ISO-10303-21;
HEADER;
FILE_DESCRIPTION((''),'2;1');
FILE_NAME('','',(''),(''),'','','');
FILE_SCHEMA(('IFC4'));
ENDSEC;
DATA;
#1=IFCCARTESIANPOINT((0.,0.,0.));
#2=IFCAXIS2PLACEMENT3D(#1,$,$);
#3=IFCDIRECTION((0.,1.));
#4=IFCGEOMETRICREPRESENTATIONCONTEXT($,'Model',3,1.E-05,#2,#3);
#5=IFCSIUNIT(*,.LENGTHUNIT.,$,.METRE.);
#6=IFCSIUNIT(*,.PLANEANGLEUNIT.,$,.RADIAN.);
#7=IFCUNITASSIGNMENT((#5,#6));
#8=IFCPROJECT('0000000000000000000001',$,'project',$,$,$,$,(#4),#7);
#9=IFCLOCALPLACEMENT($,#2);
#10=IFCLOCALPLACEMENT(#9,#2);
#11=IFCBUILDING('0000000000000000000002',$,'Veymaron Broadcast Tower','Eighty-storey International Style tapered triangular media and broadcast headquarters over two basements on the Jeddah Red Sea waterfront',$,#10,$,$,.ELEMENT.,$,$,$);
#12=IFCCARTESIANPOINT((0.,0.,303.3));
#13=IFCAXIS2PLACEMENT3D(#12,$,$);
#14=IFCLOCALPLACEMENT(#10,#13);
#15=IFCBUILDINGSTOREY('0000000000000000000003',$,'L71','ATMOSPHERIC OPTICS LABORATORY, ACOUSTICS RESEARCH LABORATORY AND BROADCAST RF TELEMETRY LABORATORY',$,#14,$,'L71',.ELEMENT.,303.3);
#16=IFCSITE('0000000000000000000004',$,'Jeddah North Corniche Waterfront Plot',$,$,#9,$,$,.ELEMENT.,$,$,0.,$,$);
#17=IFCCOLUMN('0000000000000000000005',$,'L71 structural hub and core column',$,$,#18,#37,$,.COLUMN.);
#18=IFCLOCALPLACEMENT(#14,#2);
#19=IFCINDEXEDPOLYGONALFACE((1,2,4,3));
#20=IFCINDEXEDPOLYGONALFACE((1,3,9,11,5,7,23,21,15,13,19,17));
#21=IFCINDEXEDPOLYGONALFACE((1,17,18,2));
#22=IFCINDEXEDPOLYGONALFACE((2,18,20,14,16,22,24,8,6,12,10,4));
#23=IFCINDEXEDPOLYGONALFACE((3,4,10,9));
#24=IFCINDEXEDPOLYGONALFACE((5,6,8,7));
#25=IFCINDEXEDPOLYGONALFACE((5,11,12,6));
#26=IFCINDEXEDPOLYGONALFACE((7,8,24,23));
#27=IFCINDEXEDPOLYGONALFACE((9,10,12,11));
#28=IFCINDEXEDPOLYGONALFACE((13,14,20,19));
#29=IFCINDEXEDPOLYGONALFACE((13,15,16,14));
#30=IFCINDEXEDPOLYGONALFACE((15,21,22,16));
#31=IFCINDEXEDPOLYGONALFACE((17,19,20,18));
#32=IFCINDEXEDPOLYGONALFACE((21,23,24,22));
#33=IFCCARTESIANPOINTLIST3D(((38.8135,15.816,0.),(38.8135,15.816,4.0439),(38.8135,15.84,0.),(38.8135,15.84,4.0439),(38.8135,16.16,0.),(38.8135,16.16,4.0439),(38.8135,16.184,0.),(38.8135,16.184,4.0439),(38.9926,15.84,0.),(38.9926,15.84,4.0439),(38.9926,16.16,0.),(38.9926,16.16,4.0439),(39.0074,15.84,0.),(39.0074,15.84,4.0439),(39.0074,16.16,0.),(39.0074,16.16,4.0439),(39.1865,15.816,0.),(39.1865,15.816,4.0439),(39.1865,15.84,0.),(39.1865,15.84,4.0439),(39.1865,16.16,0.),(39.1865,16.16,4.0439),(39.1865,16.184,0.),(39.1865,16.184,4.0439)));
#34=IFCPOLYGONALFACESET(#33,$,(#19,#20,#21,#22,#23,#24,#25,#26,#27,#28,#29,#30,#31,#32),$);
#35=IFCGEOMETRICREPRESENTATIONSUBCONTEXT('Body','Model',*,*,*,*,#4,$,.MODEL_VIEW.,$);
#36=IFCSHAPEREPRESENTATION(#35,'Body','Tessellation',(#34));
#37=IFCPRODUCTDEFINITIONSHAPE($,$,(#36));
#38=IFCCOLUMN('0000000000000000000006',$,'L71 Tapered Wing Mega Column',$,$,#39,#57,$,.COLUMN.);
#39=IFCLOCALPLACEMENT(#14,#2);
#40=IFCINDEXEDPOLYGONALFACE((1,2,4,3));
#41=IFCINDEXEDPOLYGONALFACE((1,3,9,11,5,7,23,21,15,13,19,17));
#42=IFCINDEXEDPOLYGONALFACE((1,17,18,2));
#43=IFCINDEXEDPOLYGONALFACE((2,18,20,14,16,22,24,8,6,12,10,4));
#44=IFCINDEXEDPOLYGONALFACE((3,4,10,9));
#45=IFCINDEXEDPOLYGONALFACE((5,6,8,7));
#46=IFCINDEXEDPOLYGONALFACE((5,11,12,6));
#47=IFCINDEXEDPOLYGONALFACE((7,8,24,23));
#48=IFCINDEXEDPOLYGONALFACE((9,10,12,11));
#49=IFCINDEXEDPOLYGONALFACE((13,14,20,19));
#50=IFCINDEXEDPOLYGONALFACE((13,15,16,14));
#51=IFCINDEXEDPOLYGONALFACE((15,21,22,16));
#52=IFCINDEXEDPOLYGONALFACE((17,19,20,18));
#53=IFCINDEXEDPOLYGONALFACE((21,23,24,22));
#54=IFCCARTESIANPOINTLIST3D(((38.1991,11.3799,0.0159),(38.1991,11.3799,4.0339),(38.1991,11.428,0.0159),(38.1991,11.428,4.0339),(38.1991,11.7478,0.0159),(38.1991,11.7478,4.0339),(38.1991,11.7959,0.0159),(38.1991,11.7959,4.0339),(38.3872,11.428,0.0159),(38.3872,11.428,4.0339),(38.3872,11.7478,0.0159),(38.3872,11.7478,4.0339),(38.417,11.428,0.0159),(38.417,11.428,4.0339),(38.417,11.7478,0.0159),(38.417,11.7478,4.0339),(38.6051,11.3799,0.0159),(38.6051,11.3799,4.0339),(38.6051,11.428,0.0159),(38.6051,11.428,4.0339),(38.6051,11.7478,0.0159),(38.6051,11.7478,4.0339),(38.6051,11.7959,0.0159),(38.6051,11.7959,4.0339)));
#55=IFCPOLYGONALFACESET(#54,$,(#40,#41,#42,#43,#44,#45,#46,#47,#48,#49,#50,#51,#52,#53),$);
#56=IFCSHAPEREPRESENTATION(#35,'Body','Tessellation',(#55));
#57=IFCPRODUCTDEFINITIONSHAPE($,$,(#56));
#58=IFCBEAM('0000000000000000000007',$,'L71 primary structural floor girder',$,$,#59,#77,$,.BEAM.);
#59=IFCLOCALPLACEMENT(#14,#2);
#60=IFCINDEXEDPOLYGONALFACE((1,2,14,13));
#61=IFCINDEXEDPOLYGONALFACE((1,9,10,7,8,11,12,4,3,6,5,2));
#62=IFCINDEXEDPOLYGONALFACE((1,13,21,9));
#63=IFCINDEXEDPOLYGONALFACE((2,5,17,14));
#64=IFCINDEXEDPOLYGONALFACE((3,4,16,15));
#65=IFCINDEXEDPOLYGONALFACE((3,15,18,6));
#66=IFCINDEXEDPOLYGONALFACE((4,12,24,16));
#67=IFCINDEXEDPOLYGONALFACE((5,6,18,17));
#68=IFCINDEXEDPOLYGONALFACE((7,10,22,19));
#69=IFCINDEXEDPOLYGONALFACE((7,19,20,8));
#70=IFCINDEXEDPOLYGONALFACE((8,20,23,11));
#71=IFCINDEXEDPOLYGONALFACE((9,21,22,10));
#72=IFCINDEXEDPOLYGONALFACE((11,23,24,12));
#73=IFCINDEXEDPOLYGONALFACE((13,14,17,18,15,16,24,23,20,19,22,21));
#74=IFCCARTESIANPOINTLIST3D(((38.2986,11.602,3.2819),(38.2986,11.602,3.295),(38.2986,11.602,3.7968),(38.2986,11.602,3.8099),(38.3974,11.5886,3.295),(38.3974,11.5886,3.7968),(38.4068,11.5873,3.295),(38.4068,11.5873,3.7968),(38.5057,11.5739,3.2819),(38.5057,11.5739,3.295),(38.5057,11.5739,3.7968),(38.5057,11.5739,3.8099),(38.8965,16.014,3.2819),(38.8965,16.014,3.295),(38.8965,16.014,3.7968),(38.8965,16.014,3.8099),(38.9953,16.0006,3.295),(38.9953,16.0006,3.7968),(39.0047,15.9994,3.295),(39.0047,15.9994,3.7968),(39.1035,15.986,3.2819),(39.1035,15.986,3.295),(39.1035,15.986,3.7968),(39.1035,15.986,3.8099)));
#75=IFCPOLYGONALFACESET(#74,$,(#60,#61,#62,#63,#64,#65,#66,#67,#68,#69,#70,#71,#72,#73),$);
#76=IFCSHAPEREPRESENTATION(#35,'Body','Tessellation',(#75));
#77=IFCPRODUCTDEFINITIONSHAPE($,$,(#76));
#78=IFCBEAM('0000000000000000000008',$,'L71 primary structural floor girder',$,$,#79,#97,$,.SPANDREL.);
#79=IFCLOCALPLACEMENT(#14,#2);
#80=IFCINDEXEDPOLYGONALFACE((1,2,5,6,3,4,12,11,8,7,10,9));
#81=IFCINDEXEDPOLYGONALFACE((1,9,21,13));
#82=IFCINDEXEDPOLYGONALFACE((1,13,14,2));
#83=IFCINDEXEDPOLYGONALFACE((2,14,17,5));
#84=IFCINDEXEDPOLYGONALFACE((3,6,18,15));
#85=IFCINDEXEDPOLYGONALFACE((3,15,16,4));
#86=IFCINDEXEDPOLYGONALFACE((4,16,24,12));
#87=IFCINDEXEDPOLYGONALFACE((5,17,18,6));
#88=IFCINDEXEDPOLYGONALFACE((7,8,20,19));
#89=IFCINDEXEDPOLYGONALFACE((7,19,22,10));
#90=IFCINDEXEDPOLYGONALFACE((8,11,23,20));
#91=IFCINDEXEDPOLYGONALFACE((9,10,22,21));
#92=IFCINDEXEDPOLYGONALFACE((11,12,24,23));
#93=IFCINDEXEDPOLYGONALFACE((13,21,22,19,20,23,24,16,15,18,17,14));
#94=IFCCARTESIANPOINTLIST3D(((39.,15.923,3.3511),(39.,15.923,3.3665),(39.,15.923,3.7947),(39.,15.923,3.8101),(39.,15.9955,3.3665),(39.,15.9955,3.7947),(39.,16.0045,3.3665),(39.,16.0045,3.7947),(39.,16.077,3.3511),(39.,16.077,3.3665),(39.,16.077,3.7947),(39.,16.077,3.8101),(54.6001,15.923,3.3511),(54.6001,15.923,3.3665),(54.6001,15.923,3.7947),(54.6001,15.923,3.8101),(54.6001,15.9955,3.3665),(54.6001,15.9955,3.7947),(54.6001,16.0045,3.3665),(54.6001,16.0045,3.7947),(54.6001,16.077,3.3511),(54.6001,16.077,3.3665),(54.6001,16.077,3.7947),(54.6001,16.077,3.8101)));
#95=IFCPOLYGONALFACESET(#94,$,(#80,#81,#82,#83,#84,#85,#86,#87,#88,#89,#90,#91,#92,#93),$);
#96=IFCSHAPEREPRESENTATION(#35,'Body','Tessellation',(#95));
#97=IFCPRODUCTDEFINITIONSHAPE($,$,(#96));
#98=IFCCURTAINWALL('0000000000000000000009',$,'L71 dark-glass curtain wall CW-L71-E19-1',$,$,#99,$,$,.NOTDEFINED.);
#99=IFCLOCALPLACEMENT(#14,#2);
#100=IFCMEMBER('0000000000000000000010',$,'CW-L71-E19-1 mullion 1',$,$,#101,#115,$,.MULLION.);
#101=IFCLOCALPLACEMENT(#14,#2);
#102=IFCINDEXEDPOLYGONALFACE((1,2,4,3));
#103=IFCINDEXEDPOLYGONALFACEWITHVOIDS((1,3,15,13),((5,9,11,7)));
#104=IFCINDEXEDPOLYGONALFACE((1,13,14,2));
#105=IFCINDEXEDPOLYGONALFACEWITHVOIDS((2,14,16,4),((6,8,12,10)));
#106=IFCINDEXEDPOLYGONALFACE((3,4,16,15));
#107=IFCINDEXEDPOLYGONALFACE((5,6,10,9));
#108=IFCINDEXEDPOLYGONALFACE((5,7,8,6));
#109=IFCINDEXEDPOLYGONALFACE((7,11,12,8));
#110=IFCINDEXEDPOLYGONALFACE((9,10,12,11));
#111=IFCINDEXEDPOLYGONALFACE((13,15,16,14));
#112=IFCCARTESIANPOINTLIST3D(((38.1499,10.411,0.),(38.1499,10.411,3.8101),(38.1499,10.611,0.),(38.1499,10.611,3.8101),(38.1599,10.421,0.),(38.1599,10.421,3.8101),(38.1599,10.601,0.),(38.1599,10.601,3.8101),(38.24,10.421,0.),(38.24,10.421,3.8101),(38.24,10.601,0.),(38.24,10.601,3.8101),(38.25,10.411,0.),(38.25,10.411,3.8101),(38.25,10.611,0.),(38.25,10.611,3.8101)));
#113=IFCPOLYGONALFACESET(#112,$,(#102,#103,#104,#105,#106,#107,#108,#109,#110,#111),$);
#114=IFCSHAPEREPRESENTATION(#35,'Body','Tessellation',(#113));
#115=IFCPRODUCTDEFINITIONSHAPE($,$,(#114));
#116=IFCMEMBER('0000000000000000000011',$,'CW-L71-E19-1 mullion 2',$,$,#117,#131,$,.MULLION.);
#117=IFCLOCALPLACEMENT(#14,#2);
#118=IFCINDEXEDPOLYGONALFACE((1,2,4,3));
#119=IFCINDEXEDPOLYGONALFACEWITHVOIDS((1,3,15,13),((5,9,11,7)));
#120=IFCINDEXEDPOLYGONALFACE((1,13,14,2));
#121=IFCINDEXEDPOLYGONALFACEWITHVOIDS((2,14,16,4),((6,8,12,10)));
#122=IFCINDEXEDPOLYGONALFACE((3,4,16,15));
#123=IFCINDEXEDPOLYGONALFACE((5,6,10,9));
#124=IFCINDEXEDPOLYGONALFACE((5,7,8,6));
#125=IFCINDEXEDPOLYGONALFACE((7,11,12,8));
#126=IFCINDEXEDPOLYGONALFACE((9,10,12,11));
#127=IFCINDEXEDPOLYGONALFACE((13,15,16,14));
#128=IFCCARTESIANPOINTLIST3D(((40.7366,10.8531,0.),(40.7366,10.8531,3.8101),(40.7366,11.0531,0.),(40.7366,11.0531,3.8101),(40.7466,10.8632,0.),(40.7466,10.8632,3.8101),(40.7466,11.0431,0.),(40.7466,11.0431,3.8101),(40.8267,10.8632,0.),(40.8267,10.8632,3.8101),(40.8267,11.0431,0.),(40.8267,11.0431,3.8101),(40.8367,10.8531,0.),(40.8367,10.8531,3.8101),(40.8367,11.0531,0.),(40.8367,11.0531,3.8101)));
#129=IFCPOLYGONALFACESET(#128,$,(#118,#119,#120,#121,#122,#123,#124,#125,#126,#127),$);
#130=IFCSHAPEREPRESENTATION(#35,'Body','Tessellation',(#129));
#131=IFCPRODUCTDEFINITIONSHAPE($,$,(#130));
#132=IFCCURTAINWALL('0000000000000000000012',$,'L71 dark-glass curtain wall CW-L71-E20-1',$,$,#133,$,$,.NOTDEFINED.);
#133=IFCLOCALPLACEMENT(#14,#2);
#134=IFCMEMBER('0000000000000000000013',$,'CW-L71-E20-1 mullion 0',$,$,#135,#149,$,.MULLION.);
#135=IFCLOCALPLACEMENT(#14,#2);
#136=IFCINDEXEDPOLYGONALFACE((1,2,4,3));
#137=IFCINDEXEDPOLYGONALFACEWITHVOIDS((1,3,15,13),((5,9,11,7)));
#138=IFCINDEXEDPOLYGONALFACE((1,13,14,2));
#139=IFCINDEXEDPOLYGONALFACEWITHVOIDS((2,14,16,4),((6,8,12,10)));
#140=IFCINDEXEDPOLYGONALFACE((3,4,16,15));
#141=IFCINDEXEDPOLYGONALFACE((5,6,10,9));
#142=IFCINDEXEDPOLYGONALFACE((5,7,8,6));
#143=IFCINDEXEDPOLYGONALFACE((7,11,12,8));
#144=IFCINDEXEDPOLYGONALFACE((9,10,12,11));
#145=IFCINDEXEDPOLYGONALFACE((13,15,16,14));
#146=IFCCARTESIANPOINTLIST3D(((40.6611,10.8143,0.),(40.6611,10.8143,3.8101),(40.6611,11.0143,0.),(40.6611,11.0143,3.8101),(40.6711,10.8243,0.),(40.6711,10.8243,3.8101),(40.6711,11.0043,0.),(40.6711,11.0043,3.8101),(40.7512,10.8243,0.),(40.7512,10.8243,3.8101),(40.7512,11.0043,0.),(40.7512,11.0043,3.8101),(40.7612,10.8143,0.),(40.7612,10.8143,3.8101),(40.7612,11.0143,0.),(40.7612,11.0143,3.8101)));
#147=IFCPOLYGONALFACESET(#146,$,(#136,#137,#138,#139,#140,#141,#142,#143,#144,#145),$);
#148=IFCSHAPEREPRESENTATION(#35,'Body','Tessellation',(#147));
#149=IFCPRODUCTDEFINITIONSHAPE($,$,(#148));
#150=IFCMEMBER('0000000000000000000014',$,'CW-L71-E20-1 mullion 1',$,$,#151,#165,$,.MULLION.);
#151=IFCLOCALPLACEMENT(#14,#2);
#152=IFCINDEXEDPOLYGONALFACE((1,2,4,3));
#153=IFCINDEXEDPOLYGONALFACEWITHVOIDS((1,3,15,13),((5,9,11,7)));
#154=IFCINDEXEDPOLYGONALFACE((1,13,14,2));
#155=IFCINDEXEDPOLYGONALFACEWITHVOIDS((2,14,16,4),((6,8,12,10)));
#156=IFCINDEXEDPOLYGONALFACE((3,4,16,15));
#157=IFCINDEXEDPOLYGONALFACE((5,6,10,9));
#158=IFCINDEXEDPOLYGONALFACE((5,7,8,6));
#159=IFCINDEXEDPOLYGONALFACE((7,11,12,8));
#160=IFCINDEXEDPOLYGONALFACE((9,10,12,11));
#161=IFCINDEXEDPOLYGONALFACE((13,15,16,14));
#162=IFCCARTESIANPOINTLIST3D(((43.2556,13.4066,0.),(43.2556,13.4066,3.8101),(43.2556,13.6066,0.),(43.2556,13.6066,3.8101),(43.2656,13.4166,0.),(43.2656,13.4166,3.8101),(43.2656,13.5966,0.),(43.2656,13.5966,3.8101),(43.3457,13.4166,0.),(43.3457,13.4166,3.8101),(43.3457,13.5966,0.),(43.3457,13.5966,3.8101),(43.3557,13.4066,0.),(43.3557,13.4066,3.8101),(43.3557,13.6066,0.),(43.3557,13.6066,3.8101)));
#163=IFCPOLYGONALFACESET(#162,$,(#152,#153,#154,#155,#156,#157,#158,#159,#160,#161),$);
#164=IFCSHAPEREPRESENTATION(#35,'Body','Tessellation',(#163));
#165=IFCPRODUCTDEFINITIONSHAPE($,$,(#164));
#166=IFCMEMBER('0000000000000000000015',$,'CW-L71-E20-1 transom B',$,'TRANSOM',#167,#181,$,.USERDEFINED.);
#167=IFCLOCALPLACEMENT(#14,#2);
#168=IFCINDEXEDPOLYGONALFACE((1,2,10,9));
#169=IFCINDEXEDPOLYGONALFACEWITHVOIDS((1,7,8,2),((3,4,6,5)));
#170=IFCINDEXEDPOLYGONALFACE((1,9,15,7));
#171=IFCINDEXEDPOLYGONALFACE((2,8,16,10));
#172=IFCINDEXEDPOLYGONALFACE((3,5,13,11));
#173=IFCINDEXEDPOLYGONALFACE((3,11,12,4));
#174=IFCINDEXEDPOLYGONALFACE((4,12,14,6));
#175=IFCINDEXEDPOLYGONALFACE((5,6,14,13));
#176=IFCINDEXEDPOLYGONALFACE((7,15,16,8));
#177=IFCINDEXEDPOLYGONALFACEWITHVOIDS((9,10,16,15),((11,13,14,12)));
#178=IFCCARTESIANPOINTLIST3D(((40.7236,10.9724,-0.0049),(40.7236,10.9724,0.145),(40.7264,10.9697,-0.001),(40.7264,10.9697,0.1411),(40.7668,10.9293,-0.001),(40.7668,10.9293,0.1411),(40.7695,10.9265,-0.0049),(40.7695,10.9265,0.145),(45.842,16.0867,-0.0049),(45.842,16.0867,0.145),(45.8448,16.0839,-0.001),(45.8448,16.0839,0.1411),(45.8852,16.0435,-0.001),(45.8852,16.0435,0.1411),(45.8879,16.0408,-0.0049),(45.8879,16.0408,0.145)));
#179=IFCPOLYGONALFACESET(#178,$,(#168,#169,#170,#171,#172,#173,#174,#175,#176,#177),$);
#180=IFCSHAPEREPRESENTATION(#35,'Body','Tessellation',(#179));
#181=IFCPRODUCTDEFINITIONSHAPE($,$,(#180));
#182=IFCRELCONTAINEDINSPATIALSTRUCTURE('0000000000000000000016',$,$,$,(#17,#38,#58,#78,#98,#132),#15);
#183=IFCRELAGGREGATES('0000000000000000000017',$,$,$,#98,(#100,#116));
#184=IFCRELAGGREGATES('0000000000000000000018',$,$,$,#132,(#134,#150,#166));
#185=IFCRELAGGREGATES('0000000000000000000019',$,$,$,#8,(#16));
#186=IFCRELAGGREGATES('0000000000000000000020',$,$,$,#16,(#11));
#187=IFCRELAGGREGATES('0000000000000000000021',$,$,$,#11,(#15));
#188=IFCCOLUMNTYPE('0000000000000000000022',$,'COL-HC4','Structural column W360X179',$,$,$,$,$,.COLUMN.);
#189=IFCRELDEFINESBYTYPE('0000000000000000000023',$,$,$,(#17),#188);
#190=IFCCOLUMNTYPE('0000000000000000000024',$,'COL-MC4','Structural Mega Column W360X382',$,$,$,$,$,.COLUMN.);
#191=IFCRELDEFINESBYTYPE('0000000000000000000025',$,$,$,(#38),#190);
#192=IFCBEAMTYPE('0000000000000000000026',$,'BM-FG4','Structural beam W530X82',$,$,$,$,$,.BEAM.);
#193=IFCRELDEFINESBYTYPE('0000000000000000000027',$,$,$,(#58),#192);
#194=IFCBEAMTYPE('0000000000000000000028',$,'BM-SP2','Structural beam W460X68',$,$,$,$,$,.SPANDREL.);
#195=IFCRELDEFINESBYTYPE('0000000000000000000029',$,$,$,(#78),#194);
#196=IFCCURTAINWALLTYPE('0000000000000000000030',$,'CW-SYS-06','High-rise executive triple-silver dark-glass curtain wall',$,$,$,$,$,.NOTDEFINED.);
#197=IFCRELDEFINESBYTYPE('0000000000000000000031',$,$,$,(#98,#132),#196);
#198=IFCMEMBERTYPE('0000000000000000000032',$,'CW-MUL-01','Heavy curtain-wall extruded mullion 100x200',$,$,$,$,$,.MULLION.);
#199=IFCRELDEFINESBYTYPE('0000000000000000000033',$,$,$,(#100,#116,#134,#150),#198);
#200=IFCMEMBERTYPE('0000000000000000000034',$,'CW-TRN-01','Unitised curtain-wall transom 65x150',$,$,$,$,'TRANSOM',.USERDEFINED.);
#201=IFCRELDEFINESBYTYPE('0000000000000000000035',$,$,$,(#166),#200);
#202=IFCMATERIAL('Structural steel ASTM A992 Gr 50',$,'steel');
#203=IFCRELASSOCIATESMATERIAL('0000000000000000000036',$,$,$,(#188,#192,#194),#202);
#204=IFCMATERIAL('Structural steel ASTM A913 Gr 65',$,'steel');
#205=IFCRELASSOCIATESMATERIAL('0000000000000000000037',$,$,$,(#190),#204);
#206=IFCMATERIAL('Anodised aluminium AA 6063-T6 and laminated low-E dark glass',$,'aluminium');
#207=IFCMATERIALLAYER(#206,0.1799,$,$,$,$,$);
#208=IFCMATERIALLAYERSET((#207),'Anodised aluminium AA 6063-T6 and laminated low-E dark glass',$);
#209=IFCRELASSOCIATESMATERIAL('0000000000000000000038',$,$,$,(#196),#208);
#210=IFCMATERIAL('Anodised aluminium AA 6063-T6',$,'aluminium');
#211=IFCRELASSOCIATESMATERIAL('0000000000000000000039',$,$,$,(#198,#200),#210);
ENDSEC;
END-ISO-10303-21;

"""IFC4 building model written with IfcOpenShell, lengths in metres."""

from ifc_helpers import new_model, si_unit, direction, frame, origin, origin_2d, place, context, subcontext, project, spatial, hollow_rectangle, i_section, extrude, material, layer, layer_set, material_profile, profile_set, type_object, element, aggregate, save


model = new_model("IFC4")

# Units and contexts
model_context = context("Model", 3, precision=1e-05, world=origin(), true_north=direction((0.0, 1.0)))
body_context = subcontext(model_context, "Body", "Model", "MODEL_VIEW")
ifc_project = project(units=[si_unit("LENGTHUNIT", "METRE"), si_unit("PLANEANGLEUNIT", "RADIAN")], contexts=[model_context])

# Site, building, storey
site_placement = place(None, origin())
site = spatial("IfcSite", under=ifc_project, at=site_placement, Name="Jeddah North Corniche Waterfront Plot", CompositionType="ELEMENT", RefElevation=0.0)
building_placement = place(site_placement, origin())
building = spatial("IfcBuilding", under=site, at=building_placement, Name="Veymaron Broadcast Tower", Description="Eighty-storey International Style tapered triangular media and broadcast headquarters over two basements on the Jeddah Red Sea waterfront", CompositionType="ELEMENT")
storey_placement = place(building_placement, frame((0.0, 0.0, 303.3)))
storey = spatial("IfcBuildingStorey", under=building, at=storey_placement, Name="L71", Description="ATMOSPHERIC OPTICS LABORATORY, ACOUSTICS RESEARCH LABORATORY AND BROADCAST RF TELEMETRY LABORATORY", LongName="L71", CompositionType="ELEMENT", Elevation=303.3)

# Columns
ifc_material_1 = material(Name="Structural steel ASTM A992 Gr 50", Category="steel")
ifc_material_profile_1 = material_profile(ifc_material_1, i_section(OverallWidth=0.373, OverallDepth=0.3679, WebThickness=0.0149, FlangeThickness=0.0239, at=origin_2d()), Name="W360X179")
ifc_profile_set_1 = profile_set([ifc_material_profile_1], Name="Structural steel ASTM A992 Gr 50")
column_type_1 = type_object("IfcColumnType", Name="COL-HC4", Description="Structural column W360X179", PredefinedType="COLUMN", material=ifc_profile_set_1)
column_1_placement = place(storey_placement, frame((39.0, 16.0, 0.0), z_axis=(0.0, 0.0, 1.0), x_axis=(1.0, 0.0, 0.0)))
element("IfcColumn", 1, at=column_1_placement, inside=storey, type_object=column_type_1, Name="L71 structural hub and core column", PredefinedType="COLUMN", context=body_context, shape_type="SweptSolid", body=[
    extrude(i_section(OverallWidth=0.373, OverallDepth=0.3679, WebThickness=0.0149, FlangeThickness=0.0239, at=origin_2d()), origin(), (0.0, 0.0, 1.0), 4.0439),
])
ifc_material_2 = material(Name="Structural steel ASTM A913 Gr 65", Category="steel")
ifc_material_profile_2 = material_profile(ifc_material_2, i_section(OverallWidth=0.406, OverallDepth=0.416, WebThickness=0.0298, FlangeThickness=0.0481, at=origin_2d()), Name="W360X382")
ifc_profile_set_2 = profile_set([ifc_material_profile_2], Name="Structural steel ASTM A913 Gr 65")
column_type_2 = type_object("IfcColumnType", Name="COL-MC4", Description="Structural Mega Column W360X382", PredefinedType="COLUMN", material=ifc_profile_set_2)
column_2_placement = place(storey_placement, frame((38.4021, 11.5879, 0.0159), z_axis=(0.0, 0.0, 1.0), x_axis=(1.0, 0.0, 0.0)))
element("IfcColumn", 2, at=column_2_placement, inside=storey, type_object=column_type_2, Name="L71 Tapered Wing Mega Column", PredefinedType="COLUMN", context=body_context, shape_type="SweptSolid", body=[
    extrude(i_section(OverallWidth=0.406, OverallDepth=0.416, WebThickness=0.0298, FlangeThickness=0.0481, at=origin_2d()), origin(), (0.0, 0.0, 1.0), 4.0181),
])

# Beams
ifc_material_profile_3 = material_profile(ifc_material_1, i_section(OverallWidth=0.209, OverallDepth=0.5281, WebThickness=0.0095, FlangeThickness=0.0132, at=origin_2d()), Name="W530X82")
ifc_profile_set_3 = profile_set([ifc_material_profile_3], Name="Structural steel ASTM A992 Gr 50")
beam_type_1 = type_object("IfcBeamType", Name="BM-FG4", Description="Structural beam W530X82", PredefinedType="BEAM", material=ifc_profile_set_3)
beam_1_placement = place(storey_placement, frame((39.0, 16.0, 3.5459), z_axis=(-0.134286, -0.990943, 0.0), x_axis=(0.990943, -0.134286, 0.0)))
element("IfcBeam", 3, at=beam_1_placement, inside=storey, type_object=beam_type_1, Name="L71 primary structural floor girder", PredefinedType="BEAM", context=body_context, shape_type="SweptSolid", body=[
    extrude(i_section(OverallWidth=0.209, OverallDepth=0.5281, WebThickness=0.0095, FlangeThickness=0.0132, at=origin_2d()), origin(), (0.0, 0.0, 1.0), 4.4524),
])
ifc_material_profile_4 = material_profile(ifc_material_1, i_section(OverallWidth=0.1541, OverallDepth=0.459, WebThickness=0.009, FlangeThickness=0.0154, at=origin_2d()), Name="W460X68")
ifc_profile_set_4 = profile_set([ifc_material_profile_4], Name="Structural steel ASTM A992 Gr 50")
beam_type_2 = type_object("IfcBeamType", Name="BM-SP2", Description="Structural beam W460X68", PredefinedType="SPANDREL", material=ifc_profile_set_4)
beam_2_placement = place(storey_placement, frame((39.0, 16.0, 3.5806), z_axis=(1.0, 0.0, 0.0), x_axis=(0.0, 1.0, 0.0)))
element("IfcBeam", 4, at=beam_2_placement, inside=storey, type_object=beam_type_2, Name="L71 primary structural floor girder", PredefinedType="SPANDREL", context=body_context, shape_type="SweptSolid", body=[
    extrude(i_section(OverallWidth=0.1541, OverallDepth=0.459, WebThickness=0.009, FlangeThickness=0.0154, at=origin_2d()), origin(), (0.0, 0.0, 1.0), 15.6001),
])

# Curtain walls, members
ifc_material_3 = material(Name="Anodised aluminium AA 6063-T6 and laminated low-E dark glass", Category="aluminium")
ifc_layer_1 = layer(ifc_material_3, 0.1799)
ifc_layer_set_1 = layer_set([ifc_layer_1], Name="Anodised aluminium AA 6063-T6 and laminated low-E dark glass")
curtain_wall_type = type_object("IfcCurtainWallType", Name="CW-SYS-06", Description="High-rise executive triple-silver dark-glass curtain wall", PredefinedType="NOTDEFINED", material=ifc_layer_set_1)
curtain_wall_1_placement = place(storey_placement, origin())
curtain_wall_1 = element("IfcCurtainWall", 5, at=curtain_wall_1_placement, inside=storey, type_object=curtain_wall_type, Name="L71 dark-glass curtain wall CW-L71-E19-1", PredefinedType="NOTDEFINED")
ifc_material_4 = material(Name="Anodised aluminium AA 6063-T6", Category="aluminium")
ifc_material_profile_5 = material_profile(ifc_material_4, hollow_rectangle(XDim=0.1001, YDim=0.2, WallThickness=0.01, at=origin_2d()), Name="RHS200X100X10")
ifc_profile_set_5 = profile_set([ifc_material_profile_5], Name="Anodised aluminium AA 6063-T6")
member_type_1 = type_object("IfcMemberType", Name="CW-MUL-01", Description="Heavy curtain-wall extruded mullion 100x200", PredefinedType="MULLION", material=ifc_profile_set_5)
member_1_placement = place(storey_placement, frame((38.2, 10.511, 0.0), z_axis=(0.0, 0.0, 1.0), x_axis=(1.0, 0.0, 0.0)))
member_1 = element("IfcMember", 6, at=member_1_placement, type_object=member_type_1, Name="CW-L71-E19-1 mullion 1", PredefinedType="MULLION", context=body_context, shape_type="SweptSolid", body=[
    extrude(hollow_rectangle(XDim=0.1001, YDim=0.2, WallThickness=0.01, at=origin_2d()), origin(), (0.0, 0.0, 1.0), 3.8101),
])
member_2_placement = place(storey_placement, frame((40.7866, 10.9531, 0.0), z_axis=(0.0, 0.0, 1.0), x_axis=(1.0, 0.0, 0.0)))
member_2 = element("IfcMember", 7, at=member_2_placement, type_object=member_type_1, Name="CW-L71-E19-1 mullion 2", PredefinedType="MULLION", context=body_context, shape_type="SweptSolid", body=[
    extrude(hollow_rectangle(XDim=0.1001, YDim=0.2, WallThickness=0.01, at=origin_2d()), origin(), (0.0, 0.0, 1.0), 3.8101),
])
curtain_wall_2_placement = place(storey_placement, origin())
curtain_wall_2 = element("IfcCurtainWall", 8, at=curtain_wall_2_placement, inside=storey, type_object=curtain_wall_type, Name="L71 dark-glass curtain wall CW-L71-E20-1", PredefinedType="NOTDEFINED")
member_3_placement = place(storey_placement, frame((40.7112, 10.9143, 0.0), z_axis=(0.0, 0.0, 1.0), x_axis=(1.0, 0.0, 0.0)))
member_3 = element("IfcMember", 9, at=member_3_placement, type_object=member_type_1, Name="CW-L71-E20-1 mullion 0", PredefinedType="MULLION", context=body_context, shape_type="SweptSolid", body=[
    extrude(hollow_rectangle(XDim=0.1001, YDim=0.2, WallThickness=0.01, at=origin_2d()), origin(), (0.0, 0.0, 1.0), 3.8101),
])
member_4_placement = place(storey_placement, frame((43.3057, 13.5066, 0.0), z_axis=(0.0, 0.0, 1.0), x_axis=(1.0, 0.0, 0.0)))
member_4 = element("IfcMember", 10, at=member_4_placement, type_object=member_type_1, Name="CW-L71-E20-1 mullion 1", PredefinedType="MULLION", context=body_context, shape_type="SweptSolid", body=[
    extrude(hollow_rectangle(XDim=0.1001, YDim=0.2, WallThickness=0.01, at=origin_2d()), origin(), (0.0, 0.0, 1.0), 3.8101),
])
ifc_material_profile_6 = material_profile(ifc_material_4, hollow_rectangle(XDim=0.0649, YDim=0.1499, WallThickness=0.0039, at=origin_2d()), Name="AL150X65X4")
ifc_profile_set_6 = profile_set([ifc_material_profile_6], Name="Anodised aluminium AA 6063-T6")
member_type_2 = type_object("IfcMemberType", Name="CW-TRN-01", Description="Unitised curtain-wall transom 65x150", ElementType="TRANSOM", PredefinedType="USERDEFINED", material=ifc_profile_set_6)
member_5_placement = place(storey_placement, frame((40.7466, 10.9495, 0.0701), z_axis=(0.707394, 0.70682, 0.0), x_axis=(-0.70682, 0.707394, 0.0)))
member_5 = element("IfcMember", 11, at=member_5_placement, type_object=member_type_2, Name="CW-L71-E20-1 transom B", ObjectType="TRANSOM", PredefinedType="USERDEFINED", context=body_context, shape_type="SweptSolid", body=[
    extrude(hollow_rectangle(XDim=0.0649, YDim=0.1499, WallThickness=0.0039, at=origin_2d()), origin(), (0.0, 0.0, 1.0), 7.2356),
])

aggregate(curtain_wall_1, [member_1, member_2])
aggregate(curtain_wall_2, [member_3, member_4, member_5])

save(model, "model.ifc")
